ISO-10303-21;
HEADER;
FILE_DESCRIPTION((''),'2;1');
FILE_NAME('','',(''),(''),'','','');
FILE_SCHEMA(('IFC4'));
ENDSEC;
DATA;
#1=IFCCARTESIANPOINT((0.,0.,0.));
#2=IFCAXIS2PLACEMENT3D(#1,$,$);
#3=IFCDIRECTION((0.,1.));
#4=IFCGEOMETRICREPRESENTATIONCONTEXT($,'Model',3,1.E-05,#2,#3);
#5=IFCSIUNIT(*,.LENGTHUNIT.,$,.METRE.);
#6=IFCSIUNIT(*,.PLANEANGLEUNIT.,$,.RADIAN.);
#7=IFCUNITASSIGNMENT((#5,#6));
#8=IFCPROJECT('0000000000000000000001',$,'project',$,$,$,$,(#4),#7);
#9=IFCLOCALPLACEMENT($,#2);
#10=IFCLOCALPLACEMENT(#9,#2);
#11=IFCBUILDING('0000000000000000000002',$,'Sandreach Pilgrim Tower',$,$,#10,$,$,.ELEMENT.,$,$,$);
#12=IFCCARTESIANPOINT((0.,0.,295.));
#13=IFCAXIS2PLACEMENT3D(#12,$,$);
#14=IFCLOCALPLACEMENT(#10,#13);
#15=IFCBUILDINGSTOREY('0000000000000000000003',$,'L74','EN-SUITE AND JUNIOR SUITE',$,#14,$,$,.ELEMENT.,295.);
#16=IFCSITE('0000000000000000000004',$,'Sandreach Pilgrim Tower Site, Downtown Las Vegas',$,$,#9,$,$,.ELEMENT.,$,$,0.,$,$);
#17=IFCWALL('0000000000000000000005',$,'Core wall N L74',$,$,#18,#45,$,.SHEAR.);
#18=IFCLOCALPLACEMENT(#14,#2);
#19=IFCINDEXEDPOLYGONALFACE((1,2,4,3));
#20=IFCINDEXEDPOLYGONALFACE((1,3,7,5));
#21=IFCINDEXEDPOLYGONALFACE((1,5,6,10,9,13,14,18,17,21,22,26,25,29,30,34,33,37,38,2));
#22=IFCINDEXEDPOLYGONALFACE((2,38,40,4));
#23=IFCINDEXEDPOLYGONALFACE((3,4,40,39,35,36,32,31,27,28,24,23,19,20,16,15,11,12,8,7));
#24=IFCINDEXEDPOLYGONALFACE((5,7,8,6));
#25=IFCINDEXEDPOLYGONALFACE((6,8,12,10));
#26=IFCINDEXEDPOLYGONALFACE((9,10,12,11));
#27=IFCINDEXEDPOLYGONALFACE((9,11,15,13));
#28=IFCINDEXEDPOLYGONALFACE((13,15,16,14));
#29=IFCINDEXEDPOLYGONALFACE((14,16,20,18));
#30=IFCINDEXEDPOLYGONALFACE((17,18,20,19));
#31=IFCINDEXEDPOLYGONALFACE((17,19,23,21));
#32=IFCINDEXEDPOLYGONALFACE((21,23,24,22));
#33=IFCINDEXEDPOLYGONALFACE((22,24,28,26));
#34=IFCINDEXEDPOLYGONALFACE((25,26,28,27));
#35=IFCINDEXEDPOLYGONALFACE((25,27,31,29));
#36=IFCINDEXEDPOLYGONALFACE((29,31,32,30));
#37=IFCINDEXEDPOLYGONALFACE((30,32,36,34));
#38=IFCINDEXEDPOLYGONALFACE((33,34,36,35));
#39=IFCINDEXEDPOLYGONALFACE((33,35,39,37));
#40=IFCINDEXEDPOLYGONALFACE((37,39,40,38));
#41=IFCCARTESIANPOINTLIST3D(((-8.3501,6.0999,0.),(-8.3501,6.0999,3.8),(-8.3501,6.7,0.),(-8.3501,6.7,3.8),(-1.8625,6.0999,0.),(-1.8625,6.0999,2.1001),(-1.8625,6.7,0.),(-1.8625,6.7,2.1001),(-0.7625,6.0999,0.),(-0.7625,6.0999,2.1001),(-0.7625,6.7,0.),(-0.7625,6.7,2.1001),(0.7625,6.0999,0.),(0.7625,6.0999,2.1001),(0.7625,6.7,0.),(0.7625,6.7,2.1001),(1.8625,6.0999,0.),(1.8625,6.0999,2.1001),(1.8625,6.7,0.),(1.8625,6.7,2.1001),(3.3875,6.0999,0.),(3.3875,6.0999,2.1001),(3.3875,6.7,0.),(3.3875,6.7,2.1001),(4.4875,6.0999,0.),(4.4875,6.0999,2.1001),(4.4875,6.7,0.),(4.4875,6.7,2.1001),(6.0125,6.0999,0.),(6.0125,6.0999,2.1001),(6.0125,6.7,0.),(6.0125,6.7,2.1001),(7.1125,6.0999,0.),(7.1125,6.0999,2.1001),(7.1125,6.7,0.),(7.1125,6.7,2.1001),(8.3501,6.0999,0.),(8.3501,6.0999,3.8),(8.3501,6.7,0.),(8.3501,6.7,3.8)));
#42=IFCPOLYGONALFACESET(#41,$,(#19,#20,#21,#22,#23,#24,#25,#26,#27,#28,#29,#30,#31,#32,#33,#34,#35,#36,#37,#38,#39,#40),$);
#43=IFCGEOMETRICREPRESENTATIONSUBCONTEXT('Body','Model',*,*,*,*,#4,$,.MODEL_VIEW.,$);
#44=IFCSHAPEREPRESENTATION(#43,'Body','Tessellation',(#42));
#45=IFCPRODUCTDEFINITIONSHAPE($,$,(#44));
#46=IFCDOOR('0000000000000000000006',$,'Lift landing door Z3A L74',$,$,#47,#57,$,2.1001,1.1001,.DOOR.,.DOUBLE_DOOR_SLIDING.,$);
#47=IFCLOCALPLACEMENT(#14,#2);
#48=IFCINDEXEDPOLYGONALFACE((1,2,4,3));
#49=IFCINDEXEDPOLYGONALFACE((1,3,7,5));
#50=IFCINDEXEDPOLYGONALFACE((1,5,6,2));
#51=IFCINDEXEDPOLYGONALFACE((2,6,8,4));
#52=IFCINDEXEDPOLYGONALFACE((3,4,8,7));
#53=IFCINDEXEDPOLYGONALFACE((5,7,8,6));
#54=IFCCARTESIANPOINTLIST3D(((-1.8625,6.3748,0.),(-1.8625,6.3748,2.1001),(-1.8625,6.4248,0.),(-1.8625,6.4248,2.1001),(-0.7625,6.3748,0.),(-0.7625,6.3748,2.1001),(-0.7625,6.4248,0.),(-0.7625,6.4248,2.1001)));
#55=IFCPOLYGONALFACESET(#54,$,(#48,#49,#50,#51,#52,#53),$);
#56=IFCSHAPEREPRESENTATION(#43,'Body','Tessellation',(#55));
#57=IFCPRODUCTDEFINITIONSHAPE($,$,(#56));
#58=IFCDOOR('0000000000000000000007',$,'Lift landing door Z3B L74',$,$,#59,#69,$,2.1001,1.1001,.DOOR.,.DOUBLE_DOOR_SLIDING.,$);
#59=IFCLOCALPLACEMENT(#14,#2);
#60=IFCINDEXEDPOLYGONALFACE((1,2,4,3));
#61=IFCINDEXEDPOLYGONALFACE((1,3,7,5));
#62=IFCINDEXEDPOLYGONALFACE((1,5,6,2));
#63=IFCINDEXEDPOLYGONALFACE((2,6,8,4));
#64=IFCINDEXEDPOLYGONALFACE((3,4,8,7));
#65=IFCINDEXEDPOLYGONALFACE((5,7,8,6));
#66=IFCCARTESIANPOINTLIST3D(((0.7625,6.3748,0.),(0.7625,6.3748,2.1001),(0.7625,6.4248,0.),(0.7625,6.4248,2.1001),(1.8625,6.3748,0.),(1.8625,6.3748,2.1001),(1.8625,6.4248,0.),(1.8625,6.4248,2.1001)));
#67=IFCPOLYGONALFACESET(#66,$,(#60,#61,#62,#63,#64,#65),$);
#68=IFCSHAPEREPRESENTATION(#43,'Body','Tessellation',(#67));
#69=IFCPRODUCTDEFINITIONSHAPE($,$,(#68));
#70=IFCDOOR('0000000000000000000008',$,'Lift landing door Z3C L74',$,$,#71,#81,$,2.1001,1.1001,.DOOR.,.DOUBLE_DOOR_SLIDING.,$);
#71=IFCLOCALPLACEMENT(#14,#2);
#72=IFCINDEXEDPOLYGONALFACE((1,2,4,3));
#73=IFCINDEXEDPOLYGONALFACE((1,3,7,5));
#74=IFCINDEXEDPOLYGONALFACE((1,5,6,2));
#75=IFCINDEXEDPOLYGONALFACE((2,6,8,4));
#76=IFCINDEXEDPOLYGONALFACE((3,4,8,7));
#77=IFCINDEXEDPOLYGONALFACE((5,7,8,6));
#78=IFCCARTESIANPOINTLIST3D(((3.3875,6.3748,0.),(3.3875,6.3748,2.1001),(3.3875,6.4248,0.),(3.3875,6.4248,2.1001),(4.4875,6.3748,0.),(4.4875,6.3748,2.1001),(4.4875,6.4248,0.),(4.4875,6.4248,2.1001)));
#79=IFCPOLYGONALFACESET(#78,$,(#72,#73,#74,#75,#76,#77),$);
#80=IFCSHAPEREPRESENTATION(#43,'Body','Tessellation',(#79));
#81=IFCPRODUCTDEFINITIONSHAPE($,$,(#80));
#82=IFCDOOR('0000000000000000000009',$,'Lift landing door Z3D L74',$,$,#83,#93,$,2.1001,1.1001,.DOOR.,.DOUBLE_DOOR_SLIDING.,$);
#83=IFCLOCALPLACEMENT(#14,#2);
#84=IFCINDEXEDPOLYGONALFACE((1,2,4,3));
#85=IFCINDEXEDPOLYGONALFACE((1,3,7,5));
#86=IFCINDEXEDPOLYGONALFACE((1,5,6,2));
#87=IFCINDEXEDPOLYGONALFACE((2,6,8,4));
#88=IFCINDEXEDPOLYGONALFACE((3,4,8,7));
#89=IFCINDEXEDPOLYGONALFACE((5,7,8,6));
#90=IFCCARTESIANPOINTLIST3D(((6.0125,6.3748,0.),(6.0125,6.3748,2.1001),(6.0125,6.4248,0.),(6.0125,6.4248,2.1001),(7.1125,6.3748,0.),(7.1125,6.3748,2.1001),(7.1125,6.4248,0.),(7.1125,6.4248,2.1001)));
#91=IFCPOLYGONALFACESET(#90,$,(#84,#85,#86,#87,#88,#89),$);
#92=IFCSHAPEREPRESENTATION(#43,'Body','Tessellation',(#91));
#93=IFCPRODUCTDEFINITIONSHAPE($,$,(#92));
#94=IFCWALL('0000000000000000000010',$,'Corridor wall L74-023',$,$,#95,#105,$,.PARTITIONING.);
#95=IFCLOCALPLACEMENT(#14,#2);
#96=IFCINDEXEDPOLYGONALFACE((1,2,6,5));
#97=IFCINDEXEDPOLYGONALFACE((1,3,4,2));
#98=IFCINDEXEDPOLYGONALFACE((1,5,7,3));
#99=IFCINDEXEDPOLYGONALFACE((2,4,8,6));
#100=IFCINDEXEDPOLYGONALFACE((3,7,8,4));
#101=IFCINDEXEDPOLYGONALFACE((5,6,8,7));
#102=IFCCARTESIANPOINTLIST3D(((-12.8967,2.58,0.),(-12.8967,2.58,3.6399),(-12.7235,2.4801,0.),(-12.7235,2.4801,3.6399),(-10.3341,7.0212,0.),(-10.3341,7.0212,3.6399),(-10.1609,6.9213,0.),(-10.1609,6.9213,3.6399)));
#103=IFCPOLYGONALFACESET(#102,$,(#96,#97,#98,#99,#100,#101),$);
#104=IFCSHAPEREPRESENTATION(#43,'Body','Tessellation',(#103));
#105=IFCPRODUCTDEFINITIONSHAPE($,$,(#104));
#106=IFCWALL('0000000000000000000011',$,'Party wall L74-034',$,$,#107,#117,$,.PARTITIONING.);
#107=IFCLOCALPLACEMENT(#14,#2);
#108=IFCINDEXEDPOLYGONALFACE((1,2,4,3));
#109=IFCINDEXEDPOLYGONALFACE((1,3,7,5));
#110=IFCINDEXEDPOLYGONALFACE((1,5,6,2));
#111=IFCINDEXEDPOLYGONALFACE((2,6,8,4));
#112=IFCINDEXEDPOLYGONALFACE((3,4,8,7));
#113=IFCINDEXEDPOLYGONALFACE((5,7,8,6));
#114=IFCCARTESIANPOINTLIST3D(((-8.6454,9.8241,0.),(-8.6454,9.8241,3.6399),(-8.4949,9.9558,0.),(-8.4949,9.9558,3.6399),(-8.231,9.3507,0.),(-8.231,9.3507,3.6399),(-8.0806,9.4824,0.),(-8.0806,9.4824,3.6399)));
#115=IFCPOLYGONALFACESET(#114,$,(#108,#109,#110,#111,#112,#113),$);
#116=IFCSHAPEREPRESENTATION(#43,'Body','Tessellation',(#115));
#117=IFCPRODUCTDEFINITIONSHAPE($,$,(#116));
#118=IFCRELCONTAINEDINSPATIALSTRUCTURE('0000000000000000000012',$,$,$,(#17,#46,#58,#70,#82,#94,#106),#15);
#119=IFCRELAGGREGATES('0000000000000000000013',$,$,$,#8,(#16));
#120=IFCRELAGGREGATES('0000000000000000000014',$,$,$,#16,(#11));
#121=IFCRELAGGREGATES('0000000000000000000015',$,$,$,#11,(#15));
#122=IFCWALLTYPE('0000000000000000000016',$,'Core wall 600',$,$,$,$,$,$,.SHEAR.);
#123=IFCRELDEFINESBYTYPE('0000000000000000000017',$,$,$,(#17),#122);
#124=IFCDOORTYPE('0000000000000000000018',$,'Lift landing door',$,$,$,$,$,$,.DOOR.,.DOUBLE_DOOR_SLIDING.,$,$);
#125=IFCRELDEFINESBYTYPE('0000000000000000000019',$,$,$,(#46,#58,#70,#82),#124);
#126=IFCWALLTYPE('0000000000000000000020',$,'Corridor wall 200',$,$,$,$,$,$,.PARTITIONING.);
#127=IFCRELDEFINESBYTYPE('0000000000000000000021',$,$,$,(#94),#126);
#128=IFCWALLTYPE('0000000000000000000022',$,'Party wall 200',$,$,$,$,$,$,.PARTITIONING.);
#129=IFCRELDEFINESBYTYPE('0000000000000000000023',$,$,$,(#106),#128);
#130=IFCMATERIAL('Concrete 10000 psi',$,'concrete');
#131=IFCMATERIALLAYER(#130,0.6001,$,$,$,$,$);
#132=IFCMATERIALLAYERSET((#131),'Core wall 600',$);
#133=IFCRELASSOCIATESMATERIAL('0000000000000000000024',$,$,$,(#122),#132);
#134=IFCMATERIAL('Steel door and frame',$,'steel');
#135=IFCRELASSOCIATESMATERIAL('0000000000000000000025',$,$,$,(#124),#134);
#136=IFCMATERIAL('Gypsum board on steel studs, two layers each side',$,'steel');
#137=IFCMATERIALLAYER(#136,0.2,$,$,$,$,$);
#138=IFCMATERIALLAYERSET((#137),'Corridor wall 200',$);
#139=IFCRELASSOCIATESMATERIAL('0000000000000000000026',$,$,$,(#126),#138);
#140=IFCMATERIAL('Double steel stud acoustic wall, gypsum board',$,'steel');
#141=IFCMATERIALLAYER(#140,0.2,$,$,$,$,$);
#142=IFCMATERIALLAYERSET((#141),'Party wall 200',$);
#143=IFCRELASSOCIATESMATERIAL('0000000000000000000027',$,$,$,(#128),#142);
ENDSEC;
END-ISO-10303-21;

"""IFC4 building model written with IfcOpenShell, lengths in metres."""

from ifc_helpers import new_model, si_unit, direction, frame, frame_2d, origin, place, context, subcontext, project, spatial, rectangle, extrude, material, layer, layer_set, type_object, element, fill, save


model = new_model("IFC4")

# Units and contexts
model_context = context("Model", 3, precision=1e-05, world=origin(), true_north=direction((0.0, 1.0)))
body_context = subcontext(model_context, "Body", "Model", "MODEL_VIEW")
ifc_project = project(units=[si_unit("LENGTHUNIT", "METRE"), si_unit("PLANEANGLEUNIT", "RADIAN")], contexts=[model_context])

# Site, building, storey
site_placement = place(None, origin())
site = spatial("IfcSite", under=ifc_project, at=site_placement, Name="Sandreach Pilgrim Tower Site, Downtown Las Vegas", CompositionType="ELEMENT", RefElevation=0.0)
building_placement = place(site_placement, origin())
building = spatial("IfcBuilding", under=site, at=building_placement, Name="Sandreach Pilgrim Tower", CompositionType="ELEMENT")
storey_placement = place(building_placement, frame((0.0, 0.0, 295.0)))
storey = spatial("IfcBuildingStorey", under=building, at=storey_placement, Name="L74", Description="EN-SUITE AND JUNIOR SUITE", CompositionType="ELEMENT", Elevation=295.0)

# Wall, openings, doors
ifc_material_1 = material(Name="Concrete 10000 psi", Category="concrete")
ifc_layer_1 = layer(ifc_material_1, 0.6001)
ifc_layer_set_1 = layer_set([ifc_layer_1], Name="Core wall 600")
wall_type_1 = type_object("IfcWallType", Name="Core wall 600", PredefinedType="SHEAR", material=ifc_layer_set_1)
wall_1_placement = place(storey_placement, frame((-8.3501, 6.3999, 0.0), z_axis=(0.0, 0.0, 1.0), x_axis=(1.0, 0.0, 0.0)))
wall_1 = element("IfcWall", 1, at=wall_1_placement, inside=storey, type_object=wall_type_1, Name="Core wall N L74", PredefinedType="SHEAR", context=body_context, shape_type="SweptSolid", body=[
    extrude(rectangle(XDim=16.7002, YDim=0.6001, at=frame_2d((8.3501, 0.0))), origin(), (0.0, 0.0, 1.0), 3.8),
])
opening_1_placement = place(wall_1_placement, frame((6.4875, 0.0, 0.0)))
opening_1 = element("IfcOpeningElement", 2, at=opening_1_placement, cuts=wall_1, PredefinedType="OPENING", context=body_context, shape_type="SweptSolid", body=[
    extrude(rectangle(XDim=1.1001, YDim=2.1001, at=frame_2d((0.55, 1.05))), frame((0.0, 0.3, 0.0), z_axis=(0.0, -1.0, 0.0), x_axis=(1.0, 0.0, 0.0)), (0.0, 0.0, 1.0), 0.6001),
])
opening_2_placement = place(wall_1_placement, frame((9.1125, 0.0, 0.0)))
opening_2 = element("IfcOpeningElement", 3, at=opening_2_placement, cuts=wall_1, PredefinedType="OPENING", context=body_context, shape_type="SweptSolid", body=[
    extrude(rectangle(XDim=1.1001, YDim=2.1001, at=frame_2d((0.55, 1.05))), frame((0.0, 0.3, 0.0), z_axis=(0.0, -1.0, 0.0), x_axis=(1.0, 0.0, 0.0)), (0.0, 0.0, 1.0), 0.6001),
])
opening_3_placement = place(wall_1_placement, frame((11.7375, 0.0, 0.0)))
opening_3 = element("IfcOpeningElement", 4, at=opening_3_placement, cuts=wall_1, PredefinedType="OPENING", context=body_context, shape_type="SweptSolid", body=[
    extrude(rectangle(XDim=1.1001, YDim=2.1001, at=frame_2d((0.55, 1.05))), frame((0.0, 0.3, 0.0), z_axis=(0.0, -1.0, 0.0), x_axis=(1.0, 0.0, 0.0)), (0.0, 0.0, 1.0), 0.6001),
])
opening_4_placement = place(wall_1_placement, frame((14.3625, 0.0, 0.0)))
opening_4 = element("IfcOpeningElement", 5, at=opening_4_placement, cuts=wall_1, PredefinedType="OPENING", context=body_context, shape_type="SweptSolid", body=[
    extrude(rectangle(XDim=1.1001, YDim=2.1001, at=frame_2d((0.55, 1.05))), frame((0.0, 0.3, 0.0), z_axis=(0.0, -1.0, 0.0), x_axis=(1.0, 0.0, 0.0)), (0.0, 0.0, 1.0), 0.6001),
])
ifc_material_2 = material(Name="Steel door and frame", Category="steel")
door_type_1 = type_object("IfcDoorType", Name="Lift landing door", OperationType="DOUBLE_DOOR_SLIDING", PredefinedType="DOOR", material=ifc_material_2)
door_1_placement = place(opening_1_placement, origin())
door_1 = element("IfcDoor", 6, at=door_1_placement, inside=storey, type_object=door_type_1, Name="Lift landing door Z3A L74", OperationType="DOUBLE_DOOR_SLIDING", OverallHeight=2.1001, OverallWidth=1.1001, PredefinedType="DOOR", context=body_context, shape_type="SweptSolid", body=[
    extrude(rectangle(XDim=1.1001, YDim=2.1001, at=frame_2d((0.55, 1.05))), frame((0.0, 0.0249, 0.0), z_axis=(0.0, -1.0, 0.0), x_axis=(1.0, 0.0, 0.0)), (0.0, 0.0, 1.0), 0.05),
])
fill(opening_1, door_1)
door_2_placement = place(opening_2_placement, origin())
door_2 = element("IfcDoor", 7, at=door_2_placement, inside=storey, type_object=door_type_1, Name="Lift landing door Z3B L74", OperationType="DOUBLE_DOOR_SLIDING", OverallHeight=2.1001, OverallWidth=1.1001, PredefinedType="DOOR", context=body_context, shape_type="SweptSolid", body=[
    extrude(rectangle(XDim=1.1001, YDim=2.1001, at=frame_2d((0.55, 1.05))), frame((0.0, 0.0249, 0.0), z_axis=(0.0, -1.0, 0.0), x_axis=(1.0, 0.0, 0.0)), (0.0, 0.0, 1.0), 0.05),
])
fill(opening_2, door_2)
door_3_placement = place(opening_3_placement, origin())
door_3 = element("IfcDoor", 8, at=door_3_placement, inside=storey, type_object=door_type_1, Name="Lift landing door Z3C L74", OperationType="DOUBLE_DOOR_SLIDING", OverallHeight=2.1001, OverallWidth=1.1001, PredefinedType="DOOR", context=body_context, shape_type="SweptSolid", body=[
    extrude(rectangle(XDim=1.1001, YDim=2.1001, at=frame_2d((0.55, 1.05))), frame((0.0, 0.0249, 0.0), z_axis=(0.0, -1.0, 0.0), x_axis=(1.0, 0.0, 0.0)), (0.0, 0.0, 1.0), 0.05),
])
fill(opening_3, door_3)
door_4_placement = place(opening_4_placement, origin())
door_4 = element("IfcDoor", 9, at=door_4_placement, inside=storey, type_object=door_type_1, Name="Lift landing door Z3D L74", OperationType="DOUBLE_DOOR_SLIDING", OverallHeight=2.1001, OverallWidth=1.1001, PredefinedType="DOOR", context=body_context, shape_type="SweptSolid", body=[
    extrude(rectangle(XDim=1.1001, YDim=2.1001, at=frame_2d((0.55, 1.05))), frame((0.0, 0.0249, 0.0), z_axis=(0.0, -1.0, 0.0), x_axis=(1.0, 0.0, 0.0)), (0.0, 0.0, 1.0), 0.05),
])
fill(opening_4, door_4)

# Wall
ifc_material_3 = material(Name="Gypsum board on steel studs, two layers each side", Category="steel")
ifc_layer_2 = layer(ifc_material_3, 0.2)
ifc_layer_set_2 = layer_set([ifc_layer_2], Name="Corridor wall 200")
wall_type_2 = type_object("IfcWallType", Name="Corridor wall 200", PredefinedType="PARTITIONING", material=ifc_layer_set_2)
wall_2_placement = place(storey_placement, frame((-12.8101, 2.53, 0.0), z_axis=(0.0, 0.0, 1.0), x_axis=(0.499765, 0.866161, 0.0)))
element("IfcWall", 10, at=wall_2_placement, inside=storey, type_object=wall_type_2, Name="Corridor wall L74-023", PredefinedType="PARTITIONING", context=body_context, shape_type="SweptSolid", body=[
    extrude(rectangle(XDim=5.1274, YDim=0.2, at=frame_2d((2.5637, 0.0))), origin(), (0.0, 0.0, 1.0), 3.6399),
])

# Wall
ifc_material_4 = material(Name="Double steel stud acoustic wall, gypsum board", Category="steel")
ifc_layer_3 = layer(ifc_material_4, 0.2)
ifc_layer_set_3 = layer_set([ifc_layer_3], Name="Party wall 200")
wall_type_3 = type_object("IfcWallType", Name="Party wall 200", PredefinedType="PARTITIONING", material=ifc_layer_set_3)
wall_3_placement = place(storey_placement, frame((-8.5701, 9.8899, 0.0), z_axis=(0.0, 0.0, 1.0), x_axis=(0.658587, -0.752505, 0.0)))
element("IfcWall", 11, at=wall_3_placement, inside=storey, type_object=wall_type_3, Name="Party wall L74-034", PredefinedType="PARTITIONING", context=body_context, shape_type="SweptSolid", body=[
    extrude(rectangle(XDim=0.6292, YDim=0.2, at=frame_2d((0.3145, 0.0))), origin(), (0.0, 0.0, 1.0), 3.6399),
])

save(model, "model.ifc")
